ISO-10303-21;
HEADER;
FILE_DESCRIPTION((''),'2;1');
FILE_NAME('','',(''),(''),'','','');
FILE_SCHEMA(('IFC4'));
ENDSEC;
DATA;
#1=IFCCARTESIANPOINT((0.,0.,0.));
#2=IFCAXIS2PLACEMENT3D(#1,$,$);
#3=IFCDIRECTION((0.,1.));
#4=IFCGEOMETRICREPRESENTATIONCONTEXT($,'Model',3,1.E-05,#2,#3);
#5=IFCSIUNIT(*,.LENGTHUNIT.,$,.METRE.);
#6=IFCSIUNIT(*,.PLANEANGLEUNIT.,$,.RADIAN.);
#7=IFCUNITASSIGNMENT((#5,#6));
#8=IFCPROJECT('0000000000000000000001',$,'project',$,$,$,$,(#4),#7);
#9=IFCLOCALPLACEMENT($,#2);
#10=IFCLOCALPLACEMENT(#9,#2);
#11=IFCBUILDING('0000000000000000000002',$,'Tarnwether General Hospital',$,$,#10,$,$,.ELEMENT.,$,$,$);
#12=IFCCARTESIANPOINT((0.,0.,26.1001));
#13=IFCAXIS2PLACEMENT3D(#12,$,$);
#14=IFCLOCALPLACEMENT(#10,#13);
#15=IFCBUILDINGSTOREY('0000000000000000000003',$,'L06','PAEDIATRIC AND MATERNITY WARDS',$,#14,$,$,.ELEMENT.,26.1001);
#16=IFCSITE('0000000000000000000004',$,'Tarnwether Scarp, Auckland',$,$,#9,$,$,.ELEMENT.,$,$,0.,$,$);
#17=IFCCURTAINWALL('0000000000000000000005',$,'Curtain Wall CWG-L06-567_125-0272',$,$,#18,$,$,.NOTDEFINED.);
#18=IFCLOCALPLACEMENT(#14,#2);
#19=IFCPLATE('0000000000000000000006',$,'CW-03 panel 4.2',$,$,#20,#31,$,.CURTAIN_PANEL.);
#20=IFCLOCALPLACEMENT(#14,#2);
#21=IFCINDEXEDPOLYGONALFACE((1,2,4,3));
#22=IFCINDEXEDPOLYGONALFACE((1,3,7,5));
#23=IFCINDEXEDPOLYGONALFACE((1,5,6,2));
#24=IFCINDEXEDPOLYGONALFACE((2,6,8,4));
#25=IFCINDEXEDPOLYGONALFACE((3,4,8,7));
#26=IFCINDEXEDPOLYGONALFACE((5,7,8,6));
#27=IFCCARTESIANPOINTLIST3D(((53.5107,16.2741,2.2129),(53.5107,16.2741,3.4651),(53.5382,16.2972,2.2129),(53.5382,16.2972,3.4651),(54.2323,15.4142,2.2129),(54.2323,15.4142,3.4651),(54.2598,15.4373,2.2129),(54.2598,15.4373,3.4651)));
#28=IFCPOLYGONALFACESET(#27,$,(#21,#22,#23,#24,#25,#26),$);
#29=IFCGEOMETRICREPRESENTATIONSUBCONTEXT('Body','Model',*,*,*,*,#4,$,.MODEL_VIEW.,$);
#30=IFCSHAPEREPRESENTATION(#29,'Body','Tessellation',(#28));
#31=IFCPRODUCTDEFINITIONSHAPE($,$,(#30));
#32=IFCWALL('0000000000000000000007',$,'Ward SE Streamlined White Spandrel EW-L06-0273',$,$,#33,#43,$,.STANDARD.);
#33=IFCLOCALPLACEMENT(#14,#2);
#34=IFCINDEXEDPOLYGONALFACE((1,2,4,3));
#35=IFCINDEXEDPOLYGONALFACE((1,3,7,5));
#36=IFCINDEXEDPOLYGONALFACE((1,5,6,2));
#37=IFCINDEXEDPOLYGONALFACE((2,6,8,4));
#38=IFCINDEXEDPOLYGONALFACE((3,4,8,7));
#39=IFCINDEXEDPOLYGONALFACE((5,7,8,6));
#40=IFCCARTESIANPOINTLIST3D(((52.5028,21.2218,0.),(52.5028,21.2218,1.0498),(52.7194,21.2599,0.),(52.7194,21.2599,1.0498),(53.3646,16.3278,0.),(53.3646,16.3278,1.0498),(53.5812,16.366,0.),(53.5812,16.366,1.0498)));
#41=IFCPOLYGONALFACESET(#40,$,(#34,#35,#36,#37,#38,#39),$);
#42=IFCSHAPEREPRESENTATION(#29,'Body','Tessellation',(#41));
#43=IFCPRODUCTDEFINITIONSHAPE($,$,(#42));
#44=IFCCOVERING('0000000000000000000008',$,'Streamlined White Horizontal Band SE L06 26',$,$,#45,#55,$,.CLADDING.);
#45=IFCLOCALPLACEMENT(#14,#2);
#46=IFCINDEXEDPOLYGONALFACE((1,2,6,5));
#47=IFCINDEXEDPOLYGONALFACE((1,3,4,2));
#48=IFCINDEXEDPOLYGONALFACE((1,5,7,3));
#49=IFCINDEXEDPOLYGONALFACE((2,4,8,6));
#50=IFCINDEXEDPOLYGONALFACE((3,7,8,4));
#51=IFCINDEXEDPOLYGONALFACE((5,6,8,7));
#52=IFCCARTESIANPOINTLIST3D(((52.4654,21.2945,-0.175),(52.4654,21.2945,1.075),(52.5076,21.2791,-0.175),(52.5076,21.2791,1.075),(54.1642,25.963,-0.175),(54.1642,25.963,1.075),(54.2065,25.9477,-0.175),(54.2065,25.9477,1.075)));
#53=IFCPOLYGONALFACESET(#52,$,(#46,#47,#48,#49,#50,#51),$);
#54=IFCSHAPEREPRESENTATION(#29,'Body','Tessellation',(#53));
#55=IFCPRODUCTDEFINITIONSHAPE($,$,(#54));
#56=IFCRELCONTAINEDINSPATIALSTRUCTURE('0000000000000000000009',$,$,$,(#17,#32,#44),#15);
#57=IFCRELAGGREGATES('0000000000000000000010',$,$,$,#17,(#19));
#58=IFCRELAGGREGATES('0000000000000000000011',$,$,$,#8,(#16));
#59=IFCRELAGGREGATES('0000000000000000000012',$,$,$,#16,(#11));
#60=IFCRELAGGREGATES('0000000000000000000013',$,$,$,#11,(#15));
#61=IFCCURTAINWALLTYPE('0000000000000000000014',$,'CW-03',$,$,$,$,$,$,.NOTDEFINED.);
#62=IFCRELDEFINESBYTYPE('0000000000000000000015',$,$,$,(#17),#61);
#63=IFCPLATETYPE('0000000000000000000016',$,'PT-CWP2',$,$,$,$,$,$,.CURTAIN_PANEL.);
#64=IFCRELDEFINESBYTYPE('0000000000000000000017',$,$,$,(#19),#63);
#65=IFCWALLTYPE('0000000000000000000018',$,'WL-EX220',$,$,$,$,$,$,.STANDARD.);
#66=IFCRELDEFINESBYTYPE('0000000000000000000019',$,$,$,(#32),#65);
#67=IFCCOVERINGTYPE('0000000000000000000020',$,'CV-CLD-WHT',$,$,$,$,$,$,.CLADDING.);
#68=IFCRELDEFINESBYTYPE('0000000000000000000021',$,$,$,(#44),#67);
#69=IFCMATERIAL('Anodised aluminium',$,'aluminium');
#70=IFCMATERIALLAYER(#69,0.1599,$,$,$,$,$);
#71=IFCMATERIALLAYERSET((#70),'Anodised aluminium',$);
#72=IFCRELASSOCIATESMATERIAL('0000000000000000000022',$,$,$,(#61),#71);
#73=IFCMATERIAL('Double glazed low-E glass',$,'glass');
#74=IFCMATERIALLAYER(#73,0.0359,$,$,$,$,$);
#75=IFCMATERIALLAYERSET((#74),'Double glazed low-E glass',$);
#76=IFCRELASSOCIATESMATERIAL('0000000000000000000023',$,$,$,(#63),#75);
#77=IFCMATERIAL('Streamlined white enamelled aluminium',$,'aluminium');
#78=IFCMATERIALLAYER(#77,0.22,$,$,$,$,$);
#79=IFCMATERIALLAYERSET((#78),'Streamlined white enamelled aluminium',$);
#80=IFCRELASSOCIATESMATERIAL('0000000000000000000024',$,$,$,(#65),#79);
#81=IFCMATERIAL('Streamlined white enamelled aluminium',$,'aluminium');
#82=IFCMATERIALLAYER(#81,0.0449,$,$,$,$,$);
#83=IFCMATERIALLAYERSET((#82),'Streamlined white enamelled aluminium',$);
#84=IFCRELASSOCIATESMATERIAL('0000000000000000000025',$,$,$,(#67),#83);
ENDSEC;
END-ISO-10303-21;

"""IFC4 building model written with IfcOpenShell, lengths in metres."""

from ifc_helpers import new_model, si_unit, direction, frame, frame_2d, origin, origin_2d, place, context, subcontext, project, spatial, rectangle, extrude, material, layer, layer_set, type_object, element, aggregate, save


model = new_model("IFC4")

# Units and contexts
model_context = context("Model", 3, precision=1e-05, world=origin(), true_north=direction((0.0, 1.0)))
body_context = subcontext(model_context, "Body", "Model", "MODEL_VIEW")
ifc_project = project(units=[si_unit("LENGTHUNIT", "METRE"), si_unit("PLANEANGLEUNIT", "RADIAN")], contexts=[model_context])

# Site, building, storey
site_placement = place(None, origin())
site = spatial("IfcSite", under=ifc_project, at=site_placement, Name="Tarnwether Scarp, Auckland", CompositionType="ELEMENT", RefElevation=0.0)
building_placement = place(site_placement, origin())
building = spatial("IfcBuilding", under=site, at=building_placement, Name="Tarnwether General Hospital", CompositionType="ELEMENT")
storey_placement = place(building_placement, frame((0.0, 0.0, 26.1001)))
storey = spatial("IfcBuildingStorey", under=building, at=storey_placement, Name="L06", Description="PAEDIATRIC AND MATERNITY WARDS", CompositionType="ELEMENT", Elevation=26.1001)

# Shared definitions
ifc_material_1 = material(Name="Anodised aluminium", Category="aluminium")
ifc_layer_1 = layer(ifc_material_1, 0.1599)
ifc_layer_set_1 = layer_set([ifc_layer_1], Name="Anodised aluminium")
curtain_wall_type = type_object("IfcCurtainWallType", Name="CW-03", PredefinedType="NOTDEFINED", material=ifc_layer_set_1)

# Curtain wall
curtain_wall_1_placement = place(storey_placement, origin())
curtain_wall_1 = element("IfcCurtainWall", 1, at=curtain_wall_1_placement, inside=storey, type_object=curtain_wall_type, Name="Curtain Wall CWG-L06-567_125-0272", PredefinedType="NOTDEFINED")

# Plate
ifc_material_2 = material(Name="Double glazed low-E glass", Category="glass")
ifc_layer_2 = layer(ifc_material_2, 0.0359)
ifc_layer_set_2 = layer_set([ifc_layer_2], Name="Double glazed low-E glass")
plate_type_1 = type_object("IfcPlateType", Name="PT-CWP2", PredefinedType="CURTAIN_PANEL", material=ifc_layer_set_2)
plate_1_placement = place(storey_placement, frame((53.8853, 15.8557, 2.2129), z_axis=(0.0, 0.0, 1.0), x_axis=(-0.642852, 0.76599, 0.0)))
plate_1 = element("IfcPlate", 2, at=plate_1_placement, type_object=plate_type_1, Name="CW-03 panel 4.2", PredefinedType="CURTAIN_PANEL", context=body_context, shape_type="SweptSolid", body=[
    extrude(rectangle(XDim=1.1226, YDim=0.0359, at=origin_2d()), origin(), (0.0, 0.0, 1.0), 1.2522),
])
aggregate(curtain_wall_1, [plate_1])

# Wall
ifc_material_3 = material(Name="Streamlined white enamelled aluminium", Category="aluminium")
ifc_layer_3 = layer(ifc_material_3, 0.22)
ifc_layer_set_3 = layer_set([ifc_layer_3], Name="Streamlined white enamelled aluminium")
wall_type = type_object("IfcWallType", Name="WL-EX220", PredefinedType="STANDARD", material=ifc_layer_set_3)
wall_placement = place(storey_placement, frame((53.4729, 16.3469, 0.0), z_axis=(0.0, 0.0, 1.0), x_axis=(-0.173427, 0.984847, 0.0)))
element("IfcWall", 3, at=wall_placement, inside=storey, type_object=wall_type, Name="Ward SE Streamlined White Spandrel EW-L06-0273", PredefinedType="STANDARD", context=body_context, shape_type="SweptSolid", body=[
    extrude(rectangle(XDim=4.9692, YDim=0.22, at=frame_2d((2.4846, 0.0))), origin(), (0.0, 0.0, 1.0), 1.0498),
])

# Covering
ifc_material_4 = material(Name="Streamlined white enamelled aluminium", Category="aluminium")
ifc_layer_4 = layer(ifc_material_4, 0.0449)
ifc_layer_set_4 = layer_set([ifc_layer_4], Name="Streamlined white enamelled aluminium")
covering_type = type_object("IfcCoveringType", Name="CV-CLD-WHT", PredefinedType="CLADDING", material=ifc_layer_set_4)
covering_placement = place(storey_placement, frame((53.3359, 23.6211, -0.175), z_axis=(0.0, 0.0, 1.0), x_axis=(0.341955, 0.939716, 0.0)))
element("IfcCovering", 4, at=covering_placement, inside=storey, type_object=covering_type, Name="Streamlined White Horizontal Band SE L06 26", PredefinedType="CLADDING", context=body_context, shape_type="SweptSolid", body=[
    extrude(rectangle(XDim=4.968, YDim=0.0449, at=origin_2d()), origin(), (0.0, 0.0, 1.0), 1.25),
])

save(model, "model.ifc")
